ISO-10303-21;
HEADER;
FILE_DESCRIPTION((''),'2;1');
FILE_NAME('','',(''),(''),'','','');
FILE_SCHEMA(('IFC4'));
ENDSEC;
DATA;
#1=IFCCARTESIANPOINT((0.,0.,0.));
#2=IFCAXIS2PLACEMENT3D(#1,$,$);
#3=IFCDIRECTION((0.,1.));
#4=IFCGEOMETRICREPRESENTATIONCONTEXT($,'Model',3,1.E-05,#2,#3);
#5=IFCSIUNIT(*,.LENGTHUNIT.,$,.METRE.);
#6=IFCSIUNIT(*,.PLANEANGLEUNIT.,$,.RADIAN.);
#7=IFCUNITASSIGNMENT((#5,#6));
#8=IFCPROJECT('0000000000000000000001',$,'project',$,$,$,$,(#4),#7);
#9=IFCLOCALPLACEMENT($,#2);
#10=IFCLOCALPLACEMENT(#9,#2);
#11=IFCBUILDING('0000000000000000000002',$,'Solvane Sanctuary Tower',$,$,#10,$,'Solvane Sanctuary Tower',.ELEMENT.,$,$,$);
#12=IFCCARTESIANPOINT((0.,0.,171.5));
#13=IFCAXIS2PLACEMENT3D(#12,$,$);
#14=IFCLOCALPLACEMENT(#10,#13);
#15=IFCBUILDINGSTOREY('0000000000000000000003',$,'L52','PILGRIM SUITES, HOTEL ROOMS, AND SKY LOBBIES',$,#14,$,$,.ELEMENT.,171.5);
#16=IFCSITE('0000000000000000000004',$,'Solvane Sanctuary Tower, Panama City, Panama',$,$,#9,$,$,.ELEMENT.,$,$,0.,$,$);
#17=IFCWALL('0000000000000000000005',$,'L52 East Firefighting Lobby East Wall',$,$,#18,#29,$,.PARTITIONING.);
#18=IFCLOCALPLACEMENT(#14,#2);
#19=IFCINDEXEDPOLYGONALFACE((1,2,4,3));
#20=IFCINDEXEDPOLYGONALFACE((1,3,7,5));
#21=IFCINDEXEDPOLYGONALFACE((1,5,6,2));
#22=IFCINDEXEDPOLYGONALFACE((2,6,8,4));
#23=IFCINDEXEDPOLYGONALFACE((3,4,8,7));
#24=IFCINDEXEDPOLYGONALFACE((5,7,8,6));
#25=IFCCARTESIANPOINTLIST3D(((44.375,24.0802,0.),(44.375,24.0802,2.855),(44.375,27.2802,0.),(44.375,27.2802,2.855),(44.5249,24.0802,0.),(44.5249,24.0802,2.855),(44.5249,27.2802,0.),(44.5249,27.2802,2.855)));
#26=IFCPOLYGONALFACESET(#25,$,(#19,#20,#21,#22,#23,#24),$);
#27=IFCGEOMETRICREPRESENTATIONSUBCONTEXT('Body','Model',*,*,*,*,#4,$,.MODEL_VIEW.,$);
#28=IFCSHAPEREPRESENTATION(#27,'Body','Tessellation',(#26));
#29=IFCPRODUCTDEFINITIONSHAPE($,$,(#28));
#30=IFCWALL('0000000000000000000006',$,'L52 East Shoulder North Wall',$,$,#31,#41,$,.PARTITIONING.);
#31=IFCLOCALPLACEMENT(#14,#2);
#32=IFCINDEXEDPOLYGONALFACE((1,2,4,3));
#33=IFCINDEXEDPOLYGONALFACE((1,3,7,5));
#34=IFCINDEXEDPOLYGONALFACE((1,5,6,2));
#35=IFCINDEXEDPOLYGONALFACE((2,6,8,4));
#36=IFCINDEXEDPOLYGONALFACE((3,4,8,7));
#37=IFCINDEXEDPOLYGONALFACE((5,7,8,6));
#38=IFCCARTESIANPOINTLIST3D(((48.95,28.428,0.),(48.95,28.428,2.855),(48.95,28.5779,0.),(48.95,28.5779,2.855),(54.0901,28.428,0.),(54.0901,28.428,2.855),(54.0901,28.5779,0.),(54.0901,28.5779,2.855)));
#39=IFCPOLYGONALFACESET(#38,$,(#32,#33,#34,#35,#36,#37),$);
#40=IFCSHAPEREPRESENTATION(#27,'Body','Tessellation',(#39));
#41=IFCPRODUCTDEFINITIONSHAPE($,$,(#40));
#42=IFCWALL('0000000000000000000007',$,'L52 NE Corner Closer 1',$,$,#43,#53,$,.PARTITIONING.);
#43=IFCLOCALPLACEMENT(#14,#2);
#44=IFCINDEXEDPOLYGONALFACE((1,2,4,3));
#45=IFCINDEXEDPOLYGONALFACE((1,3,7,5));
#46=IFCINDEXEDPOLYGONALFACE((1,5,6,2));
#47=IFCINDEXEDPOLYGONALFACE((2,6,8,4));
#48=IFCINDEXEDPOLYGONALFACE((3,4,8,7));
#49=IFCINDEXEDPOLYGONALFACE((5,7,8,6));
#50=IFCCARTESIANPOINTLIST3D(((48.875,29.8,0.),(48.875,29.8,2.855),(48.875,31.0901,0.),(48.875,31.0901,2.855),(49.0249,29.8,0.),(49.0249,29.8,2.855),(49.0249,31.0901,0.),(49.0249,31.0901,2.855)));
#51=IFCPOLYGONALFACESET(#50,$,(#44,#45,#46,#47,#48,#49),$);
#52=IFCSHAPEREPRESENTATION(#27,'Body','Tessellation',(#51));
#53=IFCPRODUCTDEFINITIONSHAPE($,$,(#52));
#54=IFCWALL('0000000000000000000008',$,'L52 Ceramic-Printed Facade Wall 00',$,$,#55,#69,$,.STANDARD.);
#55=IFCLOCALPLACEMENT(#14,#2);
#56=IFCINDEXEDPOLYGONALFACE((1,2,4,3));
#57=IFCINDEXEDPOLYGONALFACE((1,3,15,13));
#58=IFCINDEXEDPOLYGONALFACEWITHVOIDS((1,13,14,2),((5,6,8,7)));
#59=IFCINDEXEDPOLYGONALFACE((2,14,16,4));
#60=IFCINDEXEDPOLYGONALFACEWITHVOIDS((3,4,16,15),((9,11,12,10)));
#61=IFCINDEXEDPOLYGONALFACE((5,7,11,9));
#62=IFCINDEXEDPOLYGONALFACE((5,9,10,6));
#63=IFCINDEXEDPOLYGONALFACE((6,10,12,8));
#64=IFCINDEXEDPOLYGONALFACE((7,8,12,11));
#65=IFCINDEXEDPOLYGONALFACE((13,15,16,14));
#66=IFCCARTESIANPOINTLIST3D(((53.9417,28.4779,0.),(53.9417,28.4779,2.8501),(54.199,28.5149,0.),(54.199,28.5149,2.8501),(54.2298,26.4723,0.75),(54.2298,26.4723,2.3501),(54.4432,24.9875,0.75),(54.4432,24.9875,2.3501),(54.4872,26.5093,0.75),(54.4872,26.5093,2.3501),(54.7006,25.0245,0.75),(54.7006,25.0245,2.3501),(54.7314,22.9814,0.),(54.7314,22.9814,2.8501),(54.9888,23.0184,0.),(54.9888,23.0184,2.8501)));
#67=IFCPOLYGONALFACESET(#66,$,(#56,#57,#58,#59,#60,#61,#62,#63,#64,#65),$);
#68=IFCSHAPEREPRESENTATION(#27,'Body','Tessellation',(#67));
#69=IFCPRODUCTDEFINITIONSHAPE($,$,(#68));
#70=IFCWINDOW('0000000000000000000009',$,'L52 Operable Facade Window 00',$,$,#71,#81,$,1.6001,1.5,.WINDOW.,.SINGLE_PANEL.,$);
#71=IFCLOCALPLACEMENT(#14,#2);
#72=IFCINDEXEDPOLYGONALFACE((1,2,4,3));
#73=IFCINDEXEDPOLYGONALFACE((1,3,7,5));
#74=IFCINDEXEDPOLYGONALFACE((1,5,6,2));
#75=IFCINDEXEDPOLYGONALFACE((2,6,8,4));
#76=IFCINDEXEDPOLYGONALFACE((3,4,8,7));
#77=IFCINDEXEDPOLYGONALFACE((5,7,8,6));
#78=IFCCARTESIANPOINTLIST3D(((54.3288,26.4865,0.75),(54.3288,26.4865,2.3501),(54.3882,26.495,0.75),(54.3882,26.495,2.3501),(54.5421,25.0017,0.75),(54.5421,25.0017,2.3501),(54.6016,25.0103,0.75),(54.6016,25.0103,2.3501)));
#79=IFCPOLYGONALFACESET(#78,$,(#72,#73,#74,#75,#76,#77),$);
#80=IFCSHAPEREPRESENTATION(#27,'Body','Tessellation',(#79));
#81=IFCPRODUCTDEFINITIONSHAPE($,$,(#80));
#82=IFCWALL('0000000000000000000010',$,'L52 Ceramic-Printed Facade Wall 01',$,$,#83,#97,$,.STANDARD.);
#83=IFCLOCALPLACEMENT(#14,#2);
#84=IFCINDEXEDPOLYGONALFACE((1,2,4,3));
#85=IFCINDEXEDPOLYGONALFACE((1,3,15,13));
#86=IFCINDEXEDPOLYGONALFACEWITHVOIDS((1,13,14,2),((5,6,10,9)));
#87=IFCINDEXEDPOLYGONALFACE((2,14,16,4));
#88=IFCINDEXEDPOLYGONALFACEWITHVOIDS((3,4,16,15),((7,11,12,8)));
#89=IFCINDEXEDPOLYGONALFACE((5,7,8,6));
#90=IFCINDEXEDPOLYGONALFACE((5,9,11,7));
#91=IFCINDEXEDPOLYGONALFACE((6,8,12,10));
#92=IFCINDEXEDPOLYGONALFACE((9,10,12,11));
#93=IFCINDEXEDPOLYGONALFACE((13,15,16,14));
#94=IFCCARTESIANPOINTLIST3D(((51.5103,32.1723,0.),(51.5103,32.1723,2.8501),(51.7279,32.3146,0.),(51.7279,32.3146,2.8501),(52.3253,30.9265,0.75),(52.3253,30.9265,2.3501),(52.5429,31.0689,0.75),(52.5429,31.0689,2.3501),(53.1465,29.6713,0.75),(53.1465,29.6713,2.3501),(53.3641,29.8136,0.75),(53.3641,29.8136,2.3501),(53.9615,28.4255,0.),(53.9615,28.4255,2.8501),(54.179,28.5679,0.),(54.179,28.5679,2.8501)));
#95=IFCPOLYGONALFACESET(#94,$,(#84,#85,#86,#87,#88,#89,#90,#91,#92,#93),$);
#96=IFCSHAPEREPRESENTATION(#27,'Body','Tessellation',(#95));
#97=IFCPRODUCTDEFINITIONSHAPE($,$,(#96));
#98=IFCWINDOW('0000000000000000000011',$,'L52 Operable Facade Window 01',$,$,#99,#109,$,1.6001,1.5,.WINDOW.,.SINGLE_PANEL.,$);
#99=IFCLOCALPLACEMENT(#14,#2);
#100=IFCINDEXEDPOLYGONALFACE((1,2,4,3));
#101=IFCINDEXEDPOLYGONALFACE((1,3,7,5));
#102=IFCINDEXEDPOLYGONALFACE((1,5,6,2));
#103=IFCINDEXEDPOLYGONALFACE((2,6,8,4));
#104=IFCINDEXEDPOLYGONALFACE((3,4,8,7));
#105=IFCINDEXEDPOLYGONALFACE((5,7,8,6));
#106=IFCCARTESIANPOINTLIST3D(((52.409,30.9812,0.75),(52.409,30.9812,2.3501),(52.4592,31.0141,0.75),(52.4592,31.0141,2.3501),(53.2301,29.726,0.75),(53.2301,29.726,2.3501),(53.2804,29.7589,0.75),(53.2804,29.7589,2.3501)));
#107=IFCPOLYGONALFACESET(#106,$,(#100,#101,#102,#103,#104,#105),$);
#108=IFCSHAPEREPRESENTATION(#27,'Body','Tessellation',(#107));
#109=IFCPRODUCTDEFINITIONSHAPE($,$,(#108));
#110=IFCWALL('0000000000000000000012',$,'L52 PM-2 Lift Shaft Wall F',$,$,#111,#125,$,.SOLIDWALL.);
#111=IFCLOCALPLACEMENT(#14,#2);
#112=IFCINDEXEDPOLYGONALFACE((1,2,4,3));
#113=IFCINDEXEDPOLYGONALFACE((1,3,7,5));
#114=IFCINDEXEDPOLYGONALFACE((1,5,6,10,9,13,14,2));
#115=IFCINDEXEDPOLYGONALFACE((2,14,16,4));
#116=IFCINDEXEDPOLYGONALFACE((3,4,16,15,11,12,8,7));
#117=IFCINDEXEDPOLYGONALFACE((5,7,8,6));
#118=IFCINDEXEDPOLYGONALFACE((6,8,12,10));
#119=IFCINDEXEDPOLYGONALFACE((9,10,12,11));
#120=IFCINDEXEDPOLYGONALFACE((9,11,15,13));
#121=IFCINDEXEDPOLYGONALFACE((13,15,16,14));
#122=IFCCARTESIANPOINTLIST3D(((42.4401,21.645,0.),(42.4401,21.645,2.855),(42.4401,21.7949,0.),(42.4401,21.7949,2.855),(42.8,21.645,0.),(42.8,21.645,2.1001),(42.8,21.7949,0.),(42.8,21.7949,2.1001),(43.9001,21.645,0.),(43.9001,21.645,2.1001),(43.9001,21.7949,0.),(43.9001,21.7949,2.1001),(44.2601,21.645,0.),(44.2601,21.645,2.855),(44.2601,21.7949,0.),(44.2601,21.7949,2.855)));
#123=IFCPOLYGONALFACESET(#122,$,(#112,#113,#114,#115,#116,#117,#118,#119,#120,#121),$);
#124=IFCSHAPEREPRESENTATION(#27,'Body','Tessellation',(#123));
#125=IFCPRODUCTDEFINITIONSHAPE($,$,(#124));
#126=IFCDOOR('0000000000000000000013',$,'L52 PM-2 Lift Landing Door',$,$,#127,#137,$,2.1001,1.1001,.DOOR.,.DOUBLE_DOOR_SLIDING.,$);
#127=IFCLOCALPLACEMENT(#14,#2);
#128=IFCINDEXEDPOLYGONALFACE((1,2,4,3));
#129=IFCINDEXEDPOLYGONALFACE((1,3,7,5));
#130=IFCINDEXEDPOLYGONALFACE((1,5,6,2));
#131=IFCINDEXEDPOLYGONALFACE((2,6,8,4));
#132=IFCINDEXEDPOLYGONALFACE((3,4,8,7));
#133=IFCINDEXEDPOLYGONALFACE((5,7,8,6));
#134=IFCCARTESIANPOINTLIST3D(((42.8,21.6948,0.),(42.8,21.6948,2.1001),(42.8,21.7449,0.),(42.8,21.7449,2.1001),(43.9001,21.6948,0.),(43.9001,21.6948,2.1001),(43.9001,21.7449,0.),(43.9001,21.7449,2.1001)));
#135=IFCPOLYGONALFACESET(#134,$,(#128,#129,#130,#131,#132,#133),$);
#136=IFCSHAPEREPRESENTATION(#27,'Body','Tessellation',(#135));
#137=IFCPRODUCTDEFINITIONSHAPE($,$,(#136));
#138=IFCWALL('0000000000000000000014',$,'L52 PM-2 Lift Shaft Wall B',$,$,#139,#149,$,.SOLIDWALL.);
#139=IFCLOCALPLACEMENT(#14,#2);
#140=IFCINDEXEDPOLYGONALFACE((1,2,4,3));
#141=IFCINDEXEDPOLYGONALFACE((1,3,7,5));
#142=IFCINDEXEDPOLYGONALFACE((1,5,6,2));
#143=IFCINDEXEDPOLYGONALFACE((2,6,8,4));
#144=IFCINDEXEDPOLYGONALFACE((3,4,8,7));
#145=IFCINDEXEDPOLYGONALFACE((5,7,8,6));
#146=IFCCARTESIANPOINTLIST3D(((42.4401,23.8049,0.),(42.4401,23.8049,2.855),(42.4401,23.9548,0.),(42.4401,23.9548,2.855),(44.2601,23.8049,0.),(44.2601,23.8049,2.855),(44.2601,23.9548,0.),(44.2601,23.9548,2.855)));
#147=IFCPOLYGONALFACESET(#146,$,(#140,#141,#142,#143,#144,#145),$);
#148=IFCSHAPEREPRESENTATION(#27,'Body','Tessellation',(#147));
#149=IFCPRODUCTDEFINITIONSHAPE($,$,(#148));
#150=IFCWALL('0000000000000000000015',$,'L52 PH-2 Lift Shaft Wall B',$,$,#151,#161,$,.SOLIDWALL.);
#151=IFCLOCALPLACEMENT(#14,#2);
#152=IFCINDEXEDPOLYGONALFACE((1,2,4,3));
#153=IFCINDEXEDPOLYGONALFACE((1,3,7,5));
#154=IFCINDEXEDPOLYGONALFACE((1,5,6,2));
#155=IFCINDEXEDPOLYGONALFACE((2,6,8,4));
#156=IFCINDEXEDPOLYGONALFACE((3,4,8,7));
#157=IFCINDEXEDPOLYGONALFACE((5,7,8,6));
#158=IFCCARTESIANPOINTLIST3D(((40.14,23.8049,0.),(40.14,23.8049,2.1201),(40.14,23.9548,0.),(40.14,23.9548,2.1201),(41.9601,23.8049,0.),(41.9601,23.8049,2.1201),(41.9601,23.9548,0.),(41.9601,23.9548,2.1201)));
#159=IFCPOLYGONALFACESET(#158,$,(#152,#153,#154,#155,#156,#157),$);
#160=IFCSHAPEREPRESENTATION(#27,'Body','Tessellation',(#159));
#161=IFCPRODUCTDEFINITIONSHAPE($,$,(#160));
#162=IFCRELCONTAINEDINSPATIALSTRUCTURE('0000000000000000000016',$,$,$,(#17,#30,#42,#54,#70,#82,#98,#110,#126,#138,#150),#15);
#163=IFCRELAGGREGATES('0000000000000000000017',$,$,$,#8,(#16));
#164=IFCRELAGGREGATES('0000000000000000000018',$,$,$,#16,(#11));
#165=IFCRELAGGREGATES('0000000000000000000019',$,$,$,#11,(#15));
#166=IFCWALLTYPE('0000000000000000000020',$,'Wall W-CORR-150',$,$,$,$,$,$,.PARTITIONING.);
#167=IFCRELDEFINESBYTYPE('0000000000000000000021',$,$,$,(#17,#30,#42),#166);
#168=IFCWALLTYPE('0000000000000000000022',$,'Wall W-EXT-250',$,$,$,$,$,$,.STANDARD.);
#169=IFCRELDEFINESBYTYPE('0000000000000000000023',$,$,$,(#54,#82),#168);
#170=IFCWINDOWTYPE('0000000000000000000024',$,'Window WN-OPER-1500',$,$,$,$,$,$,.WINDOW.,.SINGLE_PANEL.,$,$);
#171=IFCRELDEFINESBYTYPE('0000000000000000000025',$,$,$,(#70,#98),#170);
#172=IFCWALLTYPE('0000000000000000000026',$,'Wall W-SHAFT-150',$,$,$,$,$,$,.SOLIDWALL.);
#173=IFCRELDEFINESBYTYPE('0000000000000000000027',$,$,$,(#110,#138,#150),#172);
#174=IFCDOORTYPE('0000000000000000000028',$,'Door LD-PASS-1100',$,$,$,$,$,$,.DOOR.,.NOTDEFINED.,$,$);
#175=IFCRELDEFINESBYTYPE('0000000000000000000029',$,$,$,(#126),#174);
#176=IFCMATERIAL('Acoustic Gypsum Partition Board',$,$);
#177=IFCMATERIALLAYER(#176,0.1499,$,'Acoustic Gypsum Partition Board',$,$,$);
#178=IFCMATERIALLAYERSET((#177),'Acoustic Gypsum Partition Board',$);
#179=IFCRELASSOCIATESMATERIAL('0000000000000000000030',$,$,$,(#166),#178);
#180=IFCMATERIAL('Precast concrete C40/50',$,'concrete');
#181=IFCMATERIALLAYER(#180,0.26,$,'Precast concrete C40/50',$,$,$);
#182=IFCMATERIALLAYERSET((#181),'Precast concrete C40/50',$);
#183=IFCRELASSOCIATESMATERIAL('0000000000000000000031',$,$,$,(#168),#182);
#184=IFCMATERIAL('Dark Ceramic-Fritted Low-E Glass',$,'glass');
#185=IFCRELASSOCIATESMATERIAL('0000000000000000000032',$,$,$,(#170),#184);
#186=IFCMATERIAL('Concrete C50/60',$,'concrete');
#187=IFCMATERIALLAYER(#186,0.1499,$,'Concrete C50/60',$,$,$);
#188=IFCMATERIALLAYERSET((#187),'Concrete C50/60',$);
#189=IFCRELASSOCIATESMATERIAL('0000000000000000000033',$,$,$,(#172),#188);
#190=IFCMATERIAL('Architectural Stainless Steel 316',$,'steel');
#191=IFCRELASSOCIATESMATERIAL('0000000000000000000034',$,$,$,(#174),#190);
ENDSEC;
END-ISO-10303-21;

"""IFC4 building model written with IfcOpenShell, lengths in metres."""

from ifc_helpers import new_model, si_unit, direction, frame, frame_2d, origin, place, context, subcontext, project, spatial, rectangle, extrude, material, layer, layer_set, type_object, element, fill, save


model = new_model("IFC4")

# Units and contexts
model_context = context("Model", 3, precision=1e-05, world=origin(), true_north=direction((0.0, 1.0)))
body_context = subcontext(model_context, "Body", "Model", "MODEL_VIEW")
ifc_project = project(units=[si_unit("LENGTHUNIT", "METRE"), si_unit("PLANEANGLEUNIT", "RADIAN")], contexts=[model_context])

# Site, building, storey
site_placement = place(None, origin())
site = spatial("IfcSite", under=ifc_project, at=site_placement, Name="Solvane Sanctuary Tower, Panama City, Panama", CompositionType="ELEMENT", RefElevation=0.0)
building_placement = place(site_placement, origin())
building = spatial("IfcBuilding", under=site, at=building_placement, Name="Solvane Sanctuary Tower", LongName="Solvane Sanctuary Tower", CompositionType="ELEMENT")
storey_placement = place(building_placement, frame((0.0, 0.0, 171.5)))
storey = spatial("IfcBuildingStorey", under=building, at=storey_placement, Name="L52", Description="PILGRIM SUITES, HOTEL ROOMS, AND SKY LOBBIES", CompositionType="ELEMENT", Elevation=171.5)

# Walls
ifc_material_1 = material(Name="Acoustic Gypsum Partition Board")
ifc_layer_1 = layer(ifc_material_1, 0.1499, Name="Acoustic Gypsum Partition Board")
ifc_layer_set_1 = layer_set([ifc_layer_1], Name="Acoustic Gypsum Partition Board")
wall_type_1 = type_object("IfcWallType", Name="Wall W-CORR-150", PredefinedType="PARTITIONING", material=ifc_layer_set_1)
wall_1_placement = place(storey_placement, frame((44.45, 24.0801, 0.0), z_axis=(0.0, 0.0, 1.0), x_axis=(0.0, 1.0, 0.0)))
element("IfcWall", 1, at=wall_1_placement, inside=storey, type_object=wall_type_1, Name="L52 East Firefighting Lobby East Wall", PredefinedType="PARTITIONING", context=body_context, shape_type="SweptSolid", body=[
    extrude(rectangle(XDim=3.2, YDim=0.1499, at=frame_2d((1.6001, 0.0))), origin(), (0.0, 0.0, 1.0), 2.855),
])
wall_2_placement = place(storey_placement, frame((48.95, 28.5029, 0.0), z_axis=(0.0, 0.0, 1.0), x_axis=(1.0, 0.0, 0.0)))
element("IfcWall", 2, at=wall_2_placement, inside=storey, type_object=wall_type_1, Name="L52 East Shoulder North Wall", PredefinedType="PARTITIONING", context=body_context, shape_type="SweptSolid", body=[
    extrude(rectangle(XDim=5.1401, YDim=0.1499, at=frame_2d((2.5701, 0.0))), origin(), (0.0, 0.0, 1.0), 2.855),
])
wall_3_placement = place(storey_placement, frame((48.95, 29.8, 0.0), z_axis=(0.0, 0.0, 1.0), x_axis=(0.0, 1.0, 0.0)))
element("IfcWall", 3, at=wall_3_placement, inside=storey, type_object=wall_type_1, Name="L52 NE Corner Closer 1", PredefinedType="PARTITIONING", context=body_context, shape_type="SweptSolid", body=[
    extrude(rectangle(XDim=1.29, YDim=0.1499, at=frame_2d((0.645, 0.0))), origin(), (0.0, 0.0, 1.0), 2.855),
])

# Walls, openings, windows
ifc_material_2 = material(Name="Precast concrete C40/50", Category="concrete")
ifc_layer_2 = layer(ifc_material_2, 0.26, Name="Precast concrete C40/50")
ifc_layer_set_2 = layer_set([ifc_layer_2], Name="Precast concrete C40/50")
wall_type_2 = type_object("IfcWallType", Name="Wall W-EXT-250", PredefinedType="STANDARD", material=ifc_layer_set_2)
wall_4_placement = place(storey_placement, frame((54.8601, 23.0, 0.0), z_axis=(0.0, 0.0, 1.0), x_axis=(-0.142228, 0.989834, 0.0)))
wall_4 = element("IfcWall", 4, at=wall_4_placement, inside=storey, type_object=wall_type_2, Name="L52 Ceramic-Printed Facade Wall 00", PredefinedType="STANDARD", context=body_context, shape_type="SweptSolid", body=[
    extrude(rectangle(XDim=5.553, YDim=0.26, at=frame_2d((2.7764, 0.0))), origin(), (0.0, 0.0, 1.0), 2.8501),
])
opening_1_placement = place(wall_4_placement, frame((2.0266, 0.0, 0.75)))
opening_1 = element("IfcOpeningElement", 5, at=opening_1_placement, cuts=wall_4, PredefinedType="OPENING", context=body_context, shape_type="SweptSolid", body=[
    extrude(rectangle(XDim=1.5, YDim=1.6001, at=frame_2d((0.75, 0.8))), frame((0.0, 0.1399, 0.0), z_axis=(0.0, -1.0, 0.0), x_axis=(1.0, 0.0, 0.0)), (0.0, 0.0, 1.0), 0.28),
])
ifc_material_3 = material(Name="Dark Ceramic-Fritted Low-E Glass", Category="glass")
window_type = type_object("IfcWindowType", Name="Window WN-OPER-1500", PartitioningType="SINGLE_PANEL", PredefinedType="WINDOW", material=ifc_material_3)
window_1_placement = place(opening_1_placement, origin())
window_1 = element("IfcWindow", 6, at=window_1_placement, inside=storey, type_object=window_type, Name="L52 Operable Facade Window 00", OverallHeight=1.6001, OverallWidth=1.5, PartitioningType="SINGLE_PANEL", PredefinedType="WINDOW", context=body_context, shape_type="SweptSolid", body=[
    extrude(rectangle(XDim=1.5, YDim=1.6001, at=frame_2d((0.75, 0.8))), frame((0.0, 0.03, 0.0), z_axis=(0.0, -1.0, 0.0), x_axis=(1.0, 0.0, 0.0)), (0.0, 0.0, 1.0), 0.0601),
])
fill(opening_1, window_1)
wall_5_placement = place(storey_placement, frame((54.0703, 28.4966, 0.0), z_axis=(0.0, 0.0, 1.0), x_axis=(-0.547456, 0.836834, 0.0)))
wall_5 = element("IfcWall", 7, at=wall_5_placement, inside=storey, type_object=wall_type_2, Name="L52 Ceramic-Printed Facade Wall 01", PredefinedType="STANDARD", context=body_context, shape_type="SweptSolid", body=[
    extrude(rectangle(XDim=4.4773, YDim=0.26, at=frame_2d((2.2388, 0.0))), origin(), (0.0, 0.0, 1.0), 2.8501),
])
opening_2_placement = place(wall_5_placement, frame((1.4888, 0.0, 0.75)))
opening_2 = element("IfcOpeningElement", 8, at=opening_2_placement, cuts=wall_5, PredefinedType="OPENING", context=body_context, shape_type="SweptSolid", body=[
    extrude(rectangle(XDim=1.5, YDim=1.6001, at=frame_2d((0.75, 0.8))), frame((0.0, 0.1399, 0.0), z_axis=(0.0, -1.0, 0.0), x_axis=(1.0, 0.0, 0.0)), (0.0, 0.0, 1.0), 0.28),
])
window_2_placement = place(opening_2_placement, origin())
window_2 = element("IfcWindow", 9, at=window_2_placement, inside=storey, type_object=window_type, Name="L52 Operable Facade Window 01", OverallHeight=1.6001, OverallWidth=1.5, PartitioningType="SINGLE_PANEL", PredefinedType="WINDOW", context=body_context, shape_type="SweptSolid", body=[
    extrude(rectangle(XDim=1.5, YDim=1.6001, at=frame_2d((0.75, 0.8))), frame((0.0, 0.03, 0.0), z_axis=(0.0, -1.0, 0.0), x_axis=(1.0, 0.0, 0.0)), (0.0, 0.0, 1.0), 0.0601),
])
fill(opening_2, window_2)

# Wall, opening, door
ifc_material_4 = material(Name="Concrete C50/60", Category="concrete")
ifc_layer_3 = layer(ifc_material_4, 0.1499, Name="Concrete C50/60")
ifc_layer_set_3 = layer_set([ifc_layer_3], Name="Concrete C50/60")
wall_type_3 = type_object("IfcWallType", Name="Wall W-SHAFT-150", PredefinedType="SOLIDWALL", material=ifc_layer_set_3)
wall_6_placement = place(storey_placement, frame((42.4399, 21.72, 0.0), z_axis=(0.0, 0.0, 1.0), x_axis=(1.0, 0.0, 0.0)))
wall_6 = element("IfcWall", 10, at=wall_6_placement, inside=storey, type_object=wall_type_3, Name="L52 PM-2 Lift Shaft Wall F", PredefinedType="SOLIDWALL", context=body_context, shape_type="SweptSolid", body=[
    extrude(rectangle(XDim=1.8201, YDim=0.1499, at=frame_2d((0.9102, 0.0))), origin(), (0.0, 0.0, 1.0), 2.855),
])
opening_3_placement = place(wall_6_placement, frame((0.3601, 0.0, 0.0)))
opening_3 = element("IfcOpeningElement", 11, at=opening_3_placement, cuts=wall_6, PredefinedType="OPENING", context=body_context, shape_type="SweptSolid", body=[
    extrude(rectangle(XDim=1.1001, YDim=2.1001, at=frame_2d((0.55, 1.05))), frame((0.0, 0.085, 0.0), z_axis=(0.0, -1.0, 0.0), x_axis=(1.0, 0.0, 0.0)), (0.0, 0.0, 1.0), 0.1699),
])
ifc_material_5 = material(Name="Architectural Stainless Steel 316", Category="steel")
door_type_1 = type_object("IfcDoorType", Name="Door LD-PASS-1100", OperationType="NOTDEFINED", PredefinedType="DOOR", material=ifc_material_5)
door_1_placement = place(opening_3_placement, origin())
door_1 = element("IfcDoor", 12, at=door_1_placement, inside=storey, type_object=door_type_1, Name="L52 PM-2 Lift Landing Door", OperationType="DOUBLE_DOOR_SLIDING", OverallHeight=2.1001, OverallWidth=1.1001, PredefinedType="DOOR", context=body_context, shape_type="SweptSolid", body=[
    extrude(rectangle(XDim=1.1001, YDim=2.1001, at=frame_2d((0.55, 1.05))), frame((0.0, 0.0249, 0.0), z_axis=(0.0, -1.0, 0.0), x_axis=(1.0, 0.0, 0.0)), (0.0, 0.0, 1.0), 0.05),
])
fill(opening_3, door_1)

# Walls
wall_7_placement = place(storey_placement, frame((42.4399, 23.8799, 0.0), z_axis=(0.0, 0.0, 1.0), x_axis=(1.0, 0.0, 0.0)))
element("IfcWall", 13, at=wall_7_placement, inside=storey, type_object=wall_type_3, Name="L52 PM-2 Lift Shaft Wall B", PredefinedType="SOLIDWALL", context=body_context, shape_type="SweptSolid", body=[
    extrude(rectangle(XDim=1.8201, YDim=0.1499, at=frame_2d((0.9102, 0.0))), origin(), (0.0, 0.0, 1.0), 2.855),
])
wall_8_placement = place(storey_placement, frame((40.1399, 23.8799, 0.0), z_axis=(0.0, 0.0, 1.0), x_axis=(1.0, 0.0, 0.0)))
element("IfcWall", 14, at=wall_8_placement, inside=storey, type_object=wall_type_3, Name="L52 PH-2 Lift Shaft Wall B", PredefinedType="SOLIDWALL", context=body_context, shape_type="SweptSolid", body=[
    extrude(rectangle(XDim=1.8201, YDim=0.1499, at=frame_2d((0.9102, 0.0))), origin(), (0.0, 0.0, 1.0), 2.1201),
])

save(model, "model.ifc")
